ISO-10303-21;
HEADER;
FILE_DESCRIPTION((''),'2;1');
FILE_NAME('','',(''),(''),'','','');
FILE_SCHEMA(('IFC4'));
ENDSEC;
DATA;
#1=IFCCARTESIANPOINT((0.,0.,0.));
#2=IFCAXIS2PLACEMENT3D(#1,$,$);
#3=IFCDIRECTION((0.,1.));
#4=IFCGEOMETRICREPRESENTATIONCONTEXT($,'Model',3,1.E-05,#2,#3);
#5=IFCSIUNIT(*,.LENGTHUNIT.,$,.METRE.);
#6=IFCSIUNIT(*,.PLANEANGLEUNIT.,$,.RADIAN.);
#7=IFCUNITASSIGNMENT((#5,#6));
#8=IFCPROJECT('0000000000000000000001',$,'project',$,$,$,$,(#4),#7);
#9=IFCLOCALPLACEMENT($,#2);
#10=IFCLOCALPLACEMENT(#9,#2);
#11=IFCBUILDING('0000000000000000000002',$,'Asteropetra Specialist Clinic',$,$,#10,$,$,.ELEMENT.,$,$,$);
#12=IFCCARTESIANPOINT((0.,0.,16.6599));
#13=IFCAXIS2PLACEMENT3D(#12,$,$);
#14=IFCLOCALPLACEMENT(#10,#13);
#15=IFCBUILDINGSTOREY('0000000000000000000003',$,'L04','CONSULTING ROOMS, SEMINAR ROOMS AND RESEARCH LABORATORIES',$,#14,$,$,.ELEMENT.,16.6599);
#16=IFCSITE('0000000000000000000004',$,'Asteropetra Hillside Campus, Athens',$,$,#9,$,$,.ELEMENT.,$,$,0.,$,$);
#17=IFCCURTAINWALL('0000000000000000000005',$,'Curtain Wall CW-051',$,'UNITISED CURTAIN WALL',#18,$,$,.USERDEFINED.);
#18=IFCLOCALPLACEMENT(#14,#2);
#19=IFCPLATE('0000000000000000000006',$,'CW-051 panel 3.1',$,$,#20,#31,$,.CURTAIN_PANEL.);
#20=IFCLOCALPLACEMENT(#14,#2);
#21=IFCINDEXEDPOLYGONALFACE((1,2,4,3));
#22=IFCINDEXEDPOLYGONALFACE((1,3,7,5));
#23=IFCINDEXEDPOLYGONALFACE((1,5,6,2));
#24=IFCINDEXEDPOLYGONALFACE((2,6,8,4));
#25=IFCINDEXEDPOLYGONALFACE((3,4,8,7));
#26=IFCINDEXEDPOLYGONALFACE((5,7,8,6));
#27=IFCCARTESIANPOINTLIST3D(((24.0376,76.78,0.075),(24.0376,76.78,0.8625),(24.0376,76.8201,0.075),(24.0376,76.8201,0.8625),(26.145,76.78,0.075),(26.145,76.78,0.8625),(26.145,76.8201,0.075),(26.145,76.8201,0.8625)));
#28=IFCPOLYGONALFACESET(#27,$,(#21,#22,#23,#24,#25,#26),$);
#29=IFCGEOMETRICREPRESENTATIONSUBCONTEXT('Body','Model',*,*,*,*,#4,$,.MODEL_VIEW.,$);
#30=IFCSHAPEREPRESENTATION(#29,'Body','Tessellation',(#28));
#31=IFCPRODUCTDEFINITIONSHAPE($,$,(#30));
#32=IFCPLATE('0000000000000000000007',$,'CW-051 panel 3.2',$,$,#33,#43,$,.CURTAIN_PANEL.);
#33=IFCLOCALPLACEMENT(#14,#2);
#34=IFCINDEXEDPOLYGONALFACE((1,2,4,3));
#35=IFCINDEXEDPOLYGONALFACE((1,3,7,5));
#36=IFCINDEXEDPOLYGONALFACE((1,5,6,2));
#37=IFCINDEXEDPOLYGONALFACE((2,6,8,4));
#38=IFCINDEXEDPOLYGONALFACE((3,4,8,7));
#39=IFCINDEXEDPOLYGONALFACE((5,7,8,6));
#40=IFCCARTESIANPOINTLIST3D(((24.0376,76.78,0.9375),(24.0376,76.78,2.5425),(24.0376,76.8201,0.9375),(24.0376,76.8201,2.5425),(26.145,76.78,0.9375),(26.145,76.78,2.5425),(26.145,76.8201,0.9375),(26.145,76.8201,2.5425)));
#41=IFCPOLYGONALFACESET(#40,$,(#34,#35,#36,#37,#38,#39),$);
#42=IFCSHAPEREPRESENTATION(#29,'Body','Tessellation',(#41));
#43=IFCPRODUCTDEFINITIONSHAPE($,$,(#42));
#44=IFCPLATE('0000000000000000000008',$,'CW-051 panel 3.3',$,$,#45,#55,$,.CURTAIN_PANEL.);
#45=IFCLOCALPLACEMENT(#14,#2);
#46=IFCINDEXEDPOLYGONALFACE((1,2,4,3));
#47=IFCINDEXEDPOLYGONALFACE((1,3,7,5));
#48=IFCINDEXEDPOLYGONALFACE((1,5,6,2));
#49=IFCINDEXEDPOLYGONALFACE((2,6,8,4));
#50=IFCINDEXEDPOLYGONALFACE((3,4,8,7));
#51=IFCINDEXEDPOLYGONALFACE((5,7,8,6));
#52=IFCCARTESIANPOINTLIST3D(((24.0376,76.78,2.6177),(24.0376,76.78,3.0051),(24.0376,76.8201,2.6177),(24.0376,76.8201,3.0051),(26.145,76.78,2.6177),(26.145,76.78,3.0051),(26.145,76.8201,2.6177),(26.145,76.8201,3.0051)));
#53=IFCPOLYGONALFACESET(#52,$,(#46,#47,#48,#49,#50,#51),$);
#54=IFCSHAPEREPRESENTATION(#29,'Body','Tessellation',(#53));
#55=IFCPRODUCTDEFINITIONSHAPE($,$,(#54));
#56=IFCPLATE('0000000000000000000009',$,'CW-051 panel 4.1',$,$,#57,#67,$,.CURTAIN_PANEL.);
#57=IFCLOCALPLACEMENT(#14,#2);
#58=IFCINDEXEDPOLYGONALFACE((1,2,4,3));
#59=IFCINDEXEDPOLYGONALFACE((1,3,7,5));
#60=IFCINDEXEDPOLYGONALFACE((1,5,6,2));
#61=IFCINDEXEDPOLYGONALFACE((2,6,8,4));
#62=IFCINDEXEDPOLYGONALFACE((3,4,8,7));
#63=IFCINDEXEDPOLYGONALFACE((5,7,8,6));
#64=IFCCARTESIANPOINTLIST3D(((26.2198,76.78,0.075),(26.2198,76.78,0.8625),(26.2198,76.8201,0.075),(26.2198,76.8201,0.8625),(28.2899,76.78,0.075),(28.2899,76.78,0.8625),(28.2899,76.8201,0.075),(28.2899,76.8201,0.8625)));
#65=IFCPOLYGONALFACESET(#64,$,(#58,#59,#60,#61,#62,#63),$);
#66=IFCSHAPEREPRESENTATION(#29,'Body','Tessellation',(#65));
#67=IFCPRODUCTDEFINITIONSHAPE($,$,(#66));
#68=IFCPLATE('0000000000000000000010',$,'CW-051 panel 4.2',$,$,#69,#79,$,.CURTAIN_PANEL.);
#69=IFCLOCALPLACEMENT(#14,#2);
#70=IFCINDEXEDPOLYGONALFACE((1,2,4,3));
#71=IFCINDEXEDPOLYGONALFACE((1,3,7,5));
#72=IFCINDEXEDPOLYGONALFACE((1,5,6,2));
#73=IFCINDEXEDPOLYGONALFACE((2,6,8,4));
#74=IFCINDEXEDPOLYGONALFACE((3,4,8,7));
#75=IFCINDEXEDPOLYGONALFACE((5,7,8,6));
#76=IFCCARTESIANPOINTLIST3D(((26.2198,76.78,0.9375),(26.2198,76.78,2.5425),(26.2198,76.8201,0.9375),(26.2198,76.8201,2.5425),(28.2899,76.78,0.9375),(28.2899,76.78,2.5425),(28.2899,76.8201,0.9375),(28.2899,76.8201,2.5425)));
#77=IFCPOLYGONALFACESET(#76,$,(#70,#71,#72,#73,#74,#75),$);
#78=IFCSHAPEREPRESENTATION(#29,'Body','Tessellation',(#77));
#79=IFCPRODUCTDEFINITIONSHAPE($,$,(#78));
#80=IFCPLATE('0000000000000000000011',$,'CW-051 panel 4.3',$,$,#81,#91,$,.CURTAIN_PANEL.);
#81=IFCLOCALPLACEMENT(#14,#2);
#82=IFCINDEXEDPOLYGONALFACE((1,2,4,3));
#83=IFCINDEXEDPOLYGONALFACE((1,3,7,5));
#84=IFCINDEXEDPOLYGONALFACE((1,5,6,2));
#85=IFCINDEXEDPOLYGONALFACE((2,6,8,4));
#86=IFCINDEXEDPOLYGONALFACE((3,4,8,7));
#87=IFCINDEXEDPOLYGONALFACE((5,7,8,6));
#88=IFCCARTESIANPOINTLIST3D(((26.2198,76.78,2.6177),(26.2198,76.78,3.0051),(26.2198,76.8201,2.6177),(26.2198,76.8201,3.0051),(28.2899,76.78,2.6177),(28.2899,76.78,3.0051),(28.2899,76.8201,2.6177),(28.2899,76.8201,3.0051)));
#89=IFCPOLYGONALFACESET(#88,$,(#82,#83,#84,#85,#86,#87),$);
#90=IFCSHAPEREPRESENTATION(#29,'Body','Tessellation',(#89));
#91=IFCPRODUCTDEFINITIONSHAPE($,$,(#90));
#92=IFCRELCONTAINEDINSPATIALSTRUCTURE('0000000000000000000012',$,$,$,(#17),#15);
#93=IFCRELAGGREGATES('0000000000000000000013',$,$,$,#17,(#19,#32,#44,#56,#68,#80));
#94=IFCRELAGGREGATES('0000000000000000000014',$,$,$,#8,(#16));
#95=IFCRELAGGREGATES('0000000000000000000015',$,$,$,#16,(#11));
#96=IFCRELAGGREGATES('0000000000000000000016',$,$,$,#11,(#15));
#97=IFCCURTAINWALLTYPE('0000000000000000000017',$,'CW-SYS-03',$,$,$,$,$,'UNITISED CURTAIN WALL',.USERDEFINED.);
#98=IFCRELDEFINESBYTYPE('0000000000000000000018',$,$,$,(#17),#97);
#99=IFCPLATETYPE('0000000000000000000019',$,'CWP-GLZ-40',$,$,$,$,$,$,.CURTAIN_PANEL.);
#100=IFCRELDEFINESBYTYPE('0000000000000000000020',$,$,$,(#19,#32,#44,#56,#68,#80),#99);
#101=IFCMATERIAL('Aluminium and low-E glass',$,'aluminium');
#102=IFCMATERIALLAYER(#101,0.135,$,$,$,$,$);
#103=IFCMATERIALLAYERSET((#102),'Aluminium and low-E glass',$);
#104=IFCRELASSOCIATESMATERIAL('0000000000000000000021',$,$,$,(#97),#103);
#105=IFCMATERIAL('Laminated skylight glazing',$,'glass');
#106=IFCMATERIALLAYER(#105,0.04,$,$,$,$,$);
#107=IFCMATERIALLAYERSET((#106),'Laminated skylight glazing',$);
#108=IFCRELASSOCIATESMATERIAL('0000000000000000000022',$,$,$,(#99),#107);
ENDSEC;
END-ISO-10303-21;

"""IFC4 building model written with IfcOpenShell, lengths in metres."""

from ifc_helpers import new_model, si_unit, direction, frame, origin, origin_2d, place, context, subcontext, project, spatial, rectangle, extrude, material, layer, layer_set, type_object, element, aggregate, save


model = new_model("IFC4")

# Units and contexts
model_context = context("Model", 3, precision=1e-05, world=origin(), true_north=direction((0.0, 1.0)))
body_context = subcontext(model_context, "Body", "Model", "MODEL_VIEW")
ifc_project = project(units=[si_unit("LENGTHUNIT", "METRE"), si_unit("PLANEANGLEUNIT", "RADIAN")], contexts=[model_context])

# Site, building, storey
site_placement = place(None, origin())
site = spatial("IfcSite", under=ifc_project, at=site_placement, Name="Asteropetra Hillside Campus, Athens", CompositionType="ELEMENT", RefElevation=0.0)
building_placement = place(site_placement, origin())
building = spatial("IfcBuilding", under=site, at=building_placement, Name="Asteropetra Specialist Clinic", CompositionType="ELEMENT")
storey_placement = place(building_placement, frame((0.0, 0.0, 16.6599)))
storey = spatial("IfcBuildingStorey", under=building, at=storey_placement, Name="L04", Description="CONSULTING ROOMS, SEMINAR ROOMS AND RESEARCH LABORATORIES", CompositionType="ELEMENT", Elevation=16.6599)

# Curtain wall
ifc_material_1 = material(Name="Aluminium and low-E glass", Category="aluminium")
ifc_layer_1 = layer(ifc_material_1, 0.135)
ifc_layer_set_1 = layer_set([ifc_layer_1], Name="Aluminium and low-E glass")
curtain_wall_type_1 = type_object("IfcCurtainWallType", Name="CW-SYS-03", ElementType="UNITISED CURTAIN WALL", PredefinedType="USERDEFINED", material=ifc_layer_set_1)
curtain_wall_1_placement = place(storey_placement, origin())
curtain_wall_1 = element("IfcCurtainWall", 1, at=curtain_wall_1_placement, inside=storey, type_object=curtain_wall_type_1, Name="Curtain Wall CW-051", ObjectType="UNITISED CURTAIN WALL", PredefinedType="USERDEFINED")

# Plates
ifc_material_2 = material(Name="Laminated skylight glazing", Category="glass")
ifc_layer_2 = layer(ifc_material_2, 0.04)
ifc_layer_set_2 = layer_set([ifc_layer_2], Name="Laminated skylight glazing")
plate_type_1 = type_object("IfcPlateType", Name="CWP-GLZ-40", PredefinedType="CURTAIN_PANEL", material=ifc_layer_set_2)
plate_1_placement = place(storey_placement, frame((25.0913, 76.8, 0.075), z_axis=(0.0, 0.0, 1.0), x_axis=(1.0, 0.0, 0.0)))
plate_1 = element("IfcPlate", 2, at=plate_1_placement, type_object=plate_type_1, Name="CW-051 panel 3.1", PredefinedType="CURTAIN_PANEL", context=body_context, shape_type="SweptSolid", body=[
    extrude(rectangle(XDim=2.1074, YDim=0.04, at=origin_2d()), origin(), (0.0, 0.0, 1.0), 0.7876),
])
plate_2_placement = place(storey_placement, frame((25.0913, 76.8, 0.9375), z_axis=(0.0, 0.0, 1.0), x_axis=(1.0, 0.0, 0.0)))
plate_2 = element("IfcPlate", 3, at=plate_2_placement, type_object=plate_type_1, Name="CW-051 panel 3.2", PredefinedType="CURTAIN_PANEL", context=body_context, shape_type="SweptSolid", body=[
    extrude(rectangle(XDim=2.1074, YDim=0.04, at=origin_2d()), origin(), (0.0, 0.0, 1.0), 1.605),
])
plate_3_placement = place(storey_placement, frame((25.0913, 76.8, 2.6177), z_axis=(0.0, 0.0, 1.0), x_axis=(1.0, 0.0, 0.0)))
plate_3 = element("IfcPlate", 4, at=plate_3_placement, type_object=plate_type_1, Name="CW-051 panel 3.3", PredefinedType="CURTAIN_PANEL", context=body_context, shape_type="SweptSolid", body=[
    extrude(rectangle(XDim=2.1074, YDim=0.04, at=origin_2d()), origin(), (0.0, 0.0, 1.0), 0.3875),
])
plate_4_placement = place(storey_placement, frame((27.2549, 76.8, 0.075), z_axis=(0.0, 0.0, 1.0), x_axis=(1.0, 0.0, 0.0)))
plate_4 = element("IfcPlate", 5, at=plate_4_placement, type_object=plate_type_1, Name="CW-051 panel 4.1", PredefinedType="CURTAIN_PANEL", context=body_context, shape_type="SweptSolid", body=[
    extrude(rectangle(XDim=2.0701, YDim=0.04, at=origin_2d()), origin(), (0.0, 0.0, 1.0), 0.7876),
])
plate_5_placement = place(storey_placement, frame((27.2549, 76.8, 0.9375), z_axis=(0.0, 0.0, 1.0), x_axis=(1.0, 0.0, 0.0)))
plate_5 = element("IfcPlate", 6, at=plate_5_placement, type_object=plate_type_1, Name="CW-051 panel 4.2", PredefinedType="CURTAIN_PANEL", context=body_context, shape_type="SweptSolid", body=[
    extrude(rectangle(XDim=2.0701, YDim=0.04, at=origin_2d()), origin(), (0.0, 0.0, 1.0), 1.605),
])
plate_6_placement = place(storey_placement, frame((27.2549, 76.8, 2.6177), z_axis=(0.0, 0.0, 1.0), x_axis=(1.0, 0.0, 0.0)))
plate_6 = element("IfcPlate", 7, at=plate_6_placement, type_object=plate_type_1, Name="CW-051 panel 4.3", PredefinedType="CURTAIN_PANEL", context=body_context, shape_type="SweptSolid", body=[
    extrude(rectangle(XDim=2.0701, YDim=0.04, at=origin_2d()), origin(), (0.0, 0.0, 1.0), 0.3875),
])
aggregate(curtain_wall_1, [plate_1, plate_2, plate_3, plate_4, plate_5, plate_6])

save(model, "model.ifc")
